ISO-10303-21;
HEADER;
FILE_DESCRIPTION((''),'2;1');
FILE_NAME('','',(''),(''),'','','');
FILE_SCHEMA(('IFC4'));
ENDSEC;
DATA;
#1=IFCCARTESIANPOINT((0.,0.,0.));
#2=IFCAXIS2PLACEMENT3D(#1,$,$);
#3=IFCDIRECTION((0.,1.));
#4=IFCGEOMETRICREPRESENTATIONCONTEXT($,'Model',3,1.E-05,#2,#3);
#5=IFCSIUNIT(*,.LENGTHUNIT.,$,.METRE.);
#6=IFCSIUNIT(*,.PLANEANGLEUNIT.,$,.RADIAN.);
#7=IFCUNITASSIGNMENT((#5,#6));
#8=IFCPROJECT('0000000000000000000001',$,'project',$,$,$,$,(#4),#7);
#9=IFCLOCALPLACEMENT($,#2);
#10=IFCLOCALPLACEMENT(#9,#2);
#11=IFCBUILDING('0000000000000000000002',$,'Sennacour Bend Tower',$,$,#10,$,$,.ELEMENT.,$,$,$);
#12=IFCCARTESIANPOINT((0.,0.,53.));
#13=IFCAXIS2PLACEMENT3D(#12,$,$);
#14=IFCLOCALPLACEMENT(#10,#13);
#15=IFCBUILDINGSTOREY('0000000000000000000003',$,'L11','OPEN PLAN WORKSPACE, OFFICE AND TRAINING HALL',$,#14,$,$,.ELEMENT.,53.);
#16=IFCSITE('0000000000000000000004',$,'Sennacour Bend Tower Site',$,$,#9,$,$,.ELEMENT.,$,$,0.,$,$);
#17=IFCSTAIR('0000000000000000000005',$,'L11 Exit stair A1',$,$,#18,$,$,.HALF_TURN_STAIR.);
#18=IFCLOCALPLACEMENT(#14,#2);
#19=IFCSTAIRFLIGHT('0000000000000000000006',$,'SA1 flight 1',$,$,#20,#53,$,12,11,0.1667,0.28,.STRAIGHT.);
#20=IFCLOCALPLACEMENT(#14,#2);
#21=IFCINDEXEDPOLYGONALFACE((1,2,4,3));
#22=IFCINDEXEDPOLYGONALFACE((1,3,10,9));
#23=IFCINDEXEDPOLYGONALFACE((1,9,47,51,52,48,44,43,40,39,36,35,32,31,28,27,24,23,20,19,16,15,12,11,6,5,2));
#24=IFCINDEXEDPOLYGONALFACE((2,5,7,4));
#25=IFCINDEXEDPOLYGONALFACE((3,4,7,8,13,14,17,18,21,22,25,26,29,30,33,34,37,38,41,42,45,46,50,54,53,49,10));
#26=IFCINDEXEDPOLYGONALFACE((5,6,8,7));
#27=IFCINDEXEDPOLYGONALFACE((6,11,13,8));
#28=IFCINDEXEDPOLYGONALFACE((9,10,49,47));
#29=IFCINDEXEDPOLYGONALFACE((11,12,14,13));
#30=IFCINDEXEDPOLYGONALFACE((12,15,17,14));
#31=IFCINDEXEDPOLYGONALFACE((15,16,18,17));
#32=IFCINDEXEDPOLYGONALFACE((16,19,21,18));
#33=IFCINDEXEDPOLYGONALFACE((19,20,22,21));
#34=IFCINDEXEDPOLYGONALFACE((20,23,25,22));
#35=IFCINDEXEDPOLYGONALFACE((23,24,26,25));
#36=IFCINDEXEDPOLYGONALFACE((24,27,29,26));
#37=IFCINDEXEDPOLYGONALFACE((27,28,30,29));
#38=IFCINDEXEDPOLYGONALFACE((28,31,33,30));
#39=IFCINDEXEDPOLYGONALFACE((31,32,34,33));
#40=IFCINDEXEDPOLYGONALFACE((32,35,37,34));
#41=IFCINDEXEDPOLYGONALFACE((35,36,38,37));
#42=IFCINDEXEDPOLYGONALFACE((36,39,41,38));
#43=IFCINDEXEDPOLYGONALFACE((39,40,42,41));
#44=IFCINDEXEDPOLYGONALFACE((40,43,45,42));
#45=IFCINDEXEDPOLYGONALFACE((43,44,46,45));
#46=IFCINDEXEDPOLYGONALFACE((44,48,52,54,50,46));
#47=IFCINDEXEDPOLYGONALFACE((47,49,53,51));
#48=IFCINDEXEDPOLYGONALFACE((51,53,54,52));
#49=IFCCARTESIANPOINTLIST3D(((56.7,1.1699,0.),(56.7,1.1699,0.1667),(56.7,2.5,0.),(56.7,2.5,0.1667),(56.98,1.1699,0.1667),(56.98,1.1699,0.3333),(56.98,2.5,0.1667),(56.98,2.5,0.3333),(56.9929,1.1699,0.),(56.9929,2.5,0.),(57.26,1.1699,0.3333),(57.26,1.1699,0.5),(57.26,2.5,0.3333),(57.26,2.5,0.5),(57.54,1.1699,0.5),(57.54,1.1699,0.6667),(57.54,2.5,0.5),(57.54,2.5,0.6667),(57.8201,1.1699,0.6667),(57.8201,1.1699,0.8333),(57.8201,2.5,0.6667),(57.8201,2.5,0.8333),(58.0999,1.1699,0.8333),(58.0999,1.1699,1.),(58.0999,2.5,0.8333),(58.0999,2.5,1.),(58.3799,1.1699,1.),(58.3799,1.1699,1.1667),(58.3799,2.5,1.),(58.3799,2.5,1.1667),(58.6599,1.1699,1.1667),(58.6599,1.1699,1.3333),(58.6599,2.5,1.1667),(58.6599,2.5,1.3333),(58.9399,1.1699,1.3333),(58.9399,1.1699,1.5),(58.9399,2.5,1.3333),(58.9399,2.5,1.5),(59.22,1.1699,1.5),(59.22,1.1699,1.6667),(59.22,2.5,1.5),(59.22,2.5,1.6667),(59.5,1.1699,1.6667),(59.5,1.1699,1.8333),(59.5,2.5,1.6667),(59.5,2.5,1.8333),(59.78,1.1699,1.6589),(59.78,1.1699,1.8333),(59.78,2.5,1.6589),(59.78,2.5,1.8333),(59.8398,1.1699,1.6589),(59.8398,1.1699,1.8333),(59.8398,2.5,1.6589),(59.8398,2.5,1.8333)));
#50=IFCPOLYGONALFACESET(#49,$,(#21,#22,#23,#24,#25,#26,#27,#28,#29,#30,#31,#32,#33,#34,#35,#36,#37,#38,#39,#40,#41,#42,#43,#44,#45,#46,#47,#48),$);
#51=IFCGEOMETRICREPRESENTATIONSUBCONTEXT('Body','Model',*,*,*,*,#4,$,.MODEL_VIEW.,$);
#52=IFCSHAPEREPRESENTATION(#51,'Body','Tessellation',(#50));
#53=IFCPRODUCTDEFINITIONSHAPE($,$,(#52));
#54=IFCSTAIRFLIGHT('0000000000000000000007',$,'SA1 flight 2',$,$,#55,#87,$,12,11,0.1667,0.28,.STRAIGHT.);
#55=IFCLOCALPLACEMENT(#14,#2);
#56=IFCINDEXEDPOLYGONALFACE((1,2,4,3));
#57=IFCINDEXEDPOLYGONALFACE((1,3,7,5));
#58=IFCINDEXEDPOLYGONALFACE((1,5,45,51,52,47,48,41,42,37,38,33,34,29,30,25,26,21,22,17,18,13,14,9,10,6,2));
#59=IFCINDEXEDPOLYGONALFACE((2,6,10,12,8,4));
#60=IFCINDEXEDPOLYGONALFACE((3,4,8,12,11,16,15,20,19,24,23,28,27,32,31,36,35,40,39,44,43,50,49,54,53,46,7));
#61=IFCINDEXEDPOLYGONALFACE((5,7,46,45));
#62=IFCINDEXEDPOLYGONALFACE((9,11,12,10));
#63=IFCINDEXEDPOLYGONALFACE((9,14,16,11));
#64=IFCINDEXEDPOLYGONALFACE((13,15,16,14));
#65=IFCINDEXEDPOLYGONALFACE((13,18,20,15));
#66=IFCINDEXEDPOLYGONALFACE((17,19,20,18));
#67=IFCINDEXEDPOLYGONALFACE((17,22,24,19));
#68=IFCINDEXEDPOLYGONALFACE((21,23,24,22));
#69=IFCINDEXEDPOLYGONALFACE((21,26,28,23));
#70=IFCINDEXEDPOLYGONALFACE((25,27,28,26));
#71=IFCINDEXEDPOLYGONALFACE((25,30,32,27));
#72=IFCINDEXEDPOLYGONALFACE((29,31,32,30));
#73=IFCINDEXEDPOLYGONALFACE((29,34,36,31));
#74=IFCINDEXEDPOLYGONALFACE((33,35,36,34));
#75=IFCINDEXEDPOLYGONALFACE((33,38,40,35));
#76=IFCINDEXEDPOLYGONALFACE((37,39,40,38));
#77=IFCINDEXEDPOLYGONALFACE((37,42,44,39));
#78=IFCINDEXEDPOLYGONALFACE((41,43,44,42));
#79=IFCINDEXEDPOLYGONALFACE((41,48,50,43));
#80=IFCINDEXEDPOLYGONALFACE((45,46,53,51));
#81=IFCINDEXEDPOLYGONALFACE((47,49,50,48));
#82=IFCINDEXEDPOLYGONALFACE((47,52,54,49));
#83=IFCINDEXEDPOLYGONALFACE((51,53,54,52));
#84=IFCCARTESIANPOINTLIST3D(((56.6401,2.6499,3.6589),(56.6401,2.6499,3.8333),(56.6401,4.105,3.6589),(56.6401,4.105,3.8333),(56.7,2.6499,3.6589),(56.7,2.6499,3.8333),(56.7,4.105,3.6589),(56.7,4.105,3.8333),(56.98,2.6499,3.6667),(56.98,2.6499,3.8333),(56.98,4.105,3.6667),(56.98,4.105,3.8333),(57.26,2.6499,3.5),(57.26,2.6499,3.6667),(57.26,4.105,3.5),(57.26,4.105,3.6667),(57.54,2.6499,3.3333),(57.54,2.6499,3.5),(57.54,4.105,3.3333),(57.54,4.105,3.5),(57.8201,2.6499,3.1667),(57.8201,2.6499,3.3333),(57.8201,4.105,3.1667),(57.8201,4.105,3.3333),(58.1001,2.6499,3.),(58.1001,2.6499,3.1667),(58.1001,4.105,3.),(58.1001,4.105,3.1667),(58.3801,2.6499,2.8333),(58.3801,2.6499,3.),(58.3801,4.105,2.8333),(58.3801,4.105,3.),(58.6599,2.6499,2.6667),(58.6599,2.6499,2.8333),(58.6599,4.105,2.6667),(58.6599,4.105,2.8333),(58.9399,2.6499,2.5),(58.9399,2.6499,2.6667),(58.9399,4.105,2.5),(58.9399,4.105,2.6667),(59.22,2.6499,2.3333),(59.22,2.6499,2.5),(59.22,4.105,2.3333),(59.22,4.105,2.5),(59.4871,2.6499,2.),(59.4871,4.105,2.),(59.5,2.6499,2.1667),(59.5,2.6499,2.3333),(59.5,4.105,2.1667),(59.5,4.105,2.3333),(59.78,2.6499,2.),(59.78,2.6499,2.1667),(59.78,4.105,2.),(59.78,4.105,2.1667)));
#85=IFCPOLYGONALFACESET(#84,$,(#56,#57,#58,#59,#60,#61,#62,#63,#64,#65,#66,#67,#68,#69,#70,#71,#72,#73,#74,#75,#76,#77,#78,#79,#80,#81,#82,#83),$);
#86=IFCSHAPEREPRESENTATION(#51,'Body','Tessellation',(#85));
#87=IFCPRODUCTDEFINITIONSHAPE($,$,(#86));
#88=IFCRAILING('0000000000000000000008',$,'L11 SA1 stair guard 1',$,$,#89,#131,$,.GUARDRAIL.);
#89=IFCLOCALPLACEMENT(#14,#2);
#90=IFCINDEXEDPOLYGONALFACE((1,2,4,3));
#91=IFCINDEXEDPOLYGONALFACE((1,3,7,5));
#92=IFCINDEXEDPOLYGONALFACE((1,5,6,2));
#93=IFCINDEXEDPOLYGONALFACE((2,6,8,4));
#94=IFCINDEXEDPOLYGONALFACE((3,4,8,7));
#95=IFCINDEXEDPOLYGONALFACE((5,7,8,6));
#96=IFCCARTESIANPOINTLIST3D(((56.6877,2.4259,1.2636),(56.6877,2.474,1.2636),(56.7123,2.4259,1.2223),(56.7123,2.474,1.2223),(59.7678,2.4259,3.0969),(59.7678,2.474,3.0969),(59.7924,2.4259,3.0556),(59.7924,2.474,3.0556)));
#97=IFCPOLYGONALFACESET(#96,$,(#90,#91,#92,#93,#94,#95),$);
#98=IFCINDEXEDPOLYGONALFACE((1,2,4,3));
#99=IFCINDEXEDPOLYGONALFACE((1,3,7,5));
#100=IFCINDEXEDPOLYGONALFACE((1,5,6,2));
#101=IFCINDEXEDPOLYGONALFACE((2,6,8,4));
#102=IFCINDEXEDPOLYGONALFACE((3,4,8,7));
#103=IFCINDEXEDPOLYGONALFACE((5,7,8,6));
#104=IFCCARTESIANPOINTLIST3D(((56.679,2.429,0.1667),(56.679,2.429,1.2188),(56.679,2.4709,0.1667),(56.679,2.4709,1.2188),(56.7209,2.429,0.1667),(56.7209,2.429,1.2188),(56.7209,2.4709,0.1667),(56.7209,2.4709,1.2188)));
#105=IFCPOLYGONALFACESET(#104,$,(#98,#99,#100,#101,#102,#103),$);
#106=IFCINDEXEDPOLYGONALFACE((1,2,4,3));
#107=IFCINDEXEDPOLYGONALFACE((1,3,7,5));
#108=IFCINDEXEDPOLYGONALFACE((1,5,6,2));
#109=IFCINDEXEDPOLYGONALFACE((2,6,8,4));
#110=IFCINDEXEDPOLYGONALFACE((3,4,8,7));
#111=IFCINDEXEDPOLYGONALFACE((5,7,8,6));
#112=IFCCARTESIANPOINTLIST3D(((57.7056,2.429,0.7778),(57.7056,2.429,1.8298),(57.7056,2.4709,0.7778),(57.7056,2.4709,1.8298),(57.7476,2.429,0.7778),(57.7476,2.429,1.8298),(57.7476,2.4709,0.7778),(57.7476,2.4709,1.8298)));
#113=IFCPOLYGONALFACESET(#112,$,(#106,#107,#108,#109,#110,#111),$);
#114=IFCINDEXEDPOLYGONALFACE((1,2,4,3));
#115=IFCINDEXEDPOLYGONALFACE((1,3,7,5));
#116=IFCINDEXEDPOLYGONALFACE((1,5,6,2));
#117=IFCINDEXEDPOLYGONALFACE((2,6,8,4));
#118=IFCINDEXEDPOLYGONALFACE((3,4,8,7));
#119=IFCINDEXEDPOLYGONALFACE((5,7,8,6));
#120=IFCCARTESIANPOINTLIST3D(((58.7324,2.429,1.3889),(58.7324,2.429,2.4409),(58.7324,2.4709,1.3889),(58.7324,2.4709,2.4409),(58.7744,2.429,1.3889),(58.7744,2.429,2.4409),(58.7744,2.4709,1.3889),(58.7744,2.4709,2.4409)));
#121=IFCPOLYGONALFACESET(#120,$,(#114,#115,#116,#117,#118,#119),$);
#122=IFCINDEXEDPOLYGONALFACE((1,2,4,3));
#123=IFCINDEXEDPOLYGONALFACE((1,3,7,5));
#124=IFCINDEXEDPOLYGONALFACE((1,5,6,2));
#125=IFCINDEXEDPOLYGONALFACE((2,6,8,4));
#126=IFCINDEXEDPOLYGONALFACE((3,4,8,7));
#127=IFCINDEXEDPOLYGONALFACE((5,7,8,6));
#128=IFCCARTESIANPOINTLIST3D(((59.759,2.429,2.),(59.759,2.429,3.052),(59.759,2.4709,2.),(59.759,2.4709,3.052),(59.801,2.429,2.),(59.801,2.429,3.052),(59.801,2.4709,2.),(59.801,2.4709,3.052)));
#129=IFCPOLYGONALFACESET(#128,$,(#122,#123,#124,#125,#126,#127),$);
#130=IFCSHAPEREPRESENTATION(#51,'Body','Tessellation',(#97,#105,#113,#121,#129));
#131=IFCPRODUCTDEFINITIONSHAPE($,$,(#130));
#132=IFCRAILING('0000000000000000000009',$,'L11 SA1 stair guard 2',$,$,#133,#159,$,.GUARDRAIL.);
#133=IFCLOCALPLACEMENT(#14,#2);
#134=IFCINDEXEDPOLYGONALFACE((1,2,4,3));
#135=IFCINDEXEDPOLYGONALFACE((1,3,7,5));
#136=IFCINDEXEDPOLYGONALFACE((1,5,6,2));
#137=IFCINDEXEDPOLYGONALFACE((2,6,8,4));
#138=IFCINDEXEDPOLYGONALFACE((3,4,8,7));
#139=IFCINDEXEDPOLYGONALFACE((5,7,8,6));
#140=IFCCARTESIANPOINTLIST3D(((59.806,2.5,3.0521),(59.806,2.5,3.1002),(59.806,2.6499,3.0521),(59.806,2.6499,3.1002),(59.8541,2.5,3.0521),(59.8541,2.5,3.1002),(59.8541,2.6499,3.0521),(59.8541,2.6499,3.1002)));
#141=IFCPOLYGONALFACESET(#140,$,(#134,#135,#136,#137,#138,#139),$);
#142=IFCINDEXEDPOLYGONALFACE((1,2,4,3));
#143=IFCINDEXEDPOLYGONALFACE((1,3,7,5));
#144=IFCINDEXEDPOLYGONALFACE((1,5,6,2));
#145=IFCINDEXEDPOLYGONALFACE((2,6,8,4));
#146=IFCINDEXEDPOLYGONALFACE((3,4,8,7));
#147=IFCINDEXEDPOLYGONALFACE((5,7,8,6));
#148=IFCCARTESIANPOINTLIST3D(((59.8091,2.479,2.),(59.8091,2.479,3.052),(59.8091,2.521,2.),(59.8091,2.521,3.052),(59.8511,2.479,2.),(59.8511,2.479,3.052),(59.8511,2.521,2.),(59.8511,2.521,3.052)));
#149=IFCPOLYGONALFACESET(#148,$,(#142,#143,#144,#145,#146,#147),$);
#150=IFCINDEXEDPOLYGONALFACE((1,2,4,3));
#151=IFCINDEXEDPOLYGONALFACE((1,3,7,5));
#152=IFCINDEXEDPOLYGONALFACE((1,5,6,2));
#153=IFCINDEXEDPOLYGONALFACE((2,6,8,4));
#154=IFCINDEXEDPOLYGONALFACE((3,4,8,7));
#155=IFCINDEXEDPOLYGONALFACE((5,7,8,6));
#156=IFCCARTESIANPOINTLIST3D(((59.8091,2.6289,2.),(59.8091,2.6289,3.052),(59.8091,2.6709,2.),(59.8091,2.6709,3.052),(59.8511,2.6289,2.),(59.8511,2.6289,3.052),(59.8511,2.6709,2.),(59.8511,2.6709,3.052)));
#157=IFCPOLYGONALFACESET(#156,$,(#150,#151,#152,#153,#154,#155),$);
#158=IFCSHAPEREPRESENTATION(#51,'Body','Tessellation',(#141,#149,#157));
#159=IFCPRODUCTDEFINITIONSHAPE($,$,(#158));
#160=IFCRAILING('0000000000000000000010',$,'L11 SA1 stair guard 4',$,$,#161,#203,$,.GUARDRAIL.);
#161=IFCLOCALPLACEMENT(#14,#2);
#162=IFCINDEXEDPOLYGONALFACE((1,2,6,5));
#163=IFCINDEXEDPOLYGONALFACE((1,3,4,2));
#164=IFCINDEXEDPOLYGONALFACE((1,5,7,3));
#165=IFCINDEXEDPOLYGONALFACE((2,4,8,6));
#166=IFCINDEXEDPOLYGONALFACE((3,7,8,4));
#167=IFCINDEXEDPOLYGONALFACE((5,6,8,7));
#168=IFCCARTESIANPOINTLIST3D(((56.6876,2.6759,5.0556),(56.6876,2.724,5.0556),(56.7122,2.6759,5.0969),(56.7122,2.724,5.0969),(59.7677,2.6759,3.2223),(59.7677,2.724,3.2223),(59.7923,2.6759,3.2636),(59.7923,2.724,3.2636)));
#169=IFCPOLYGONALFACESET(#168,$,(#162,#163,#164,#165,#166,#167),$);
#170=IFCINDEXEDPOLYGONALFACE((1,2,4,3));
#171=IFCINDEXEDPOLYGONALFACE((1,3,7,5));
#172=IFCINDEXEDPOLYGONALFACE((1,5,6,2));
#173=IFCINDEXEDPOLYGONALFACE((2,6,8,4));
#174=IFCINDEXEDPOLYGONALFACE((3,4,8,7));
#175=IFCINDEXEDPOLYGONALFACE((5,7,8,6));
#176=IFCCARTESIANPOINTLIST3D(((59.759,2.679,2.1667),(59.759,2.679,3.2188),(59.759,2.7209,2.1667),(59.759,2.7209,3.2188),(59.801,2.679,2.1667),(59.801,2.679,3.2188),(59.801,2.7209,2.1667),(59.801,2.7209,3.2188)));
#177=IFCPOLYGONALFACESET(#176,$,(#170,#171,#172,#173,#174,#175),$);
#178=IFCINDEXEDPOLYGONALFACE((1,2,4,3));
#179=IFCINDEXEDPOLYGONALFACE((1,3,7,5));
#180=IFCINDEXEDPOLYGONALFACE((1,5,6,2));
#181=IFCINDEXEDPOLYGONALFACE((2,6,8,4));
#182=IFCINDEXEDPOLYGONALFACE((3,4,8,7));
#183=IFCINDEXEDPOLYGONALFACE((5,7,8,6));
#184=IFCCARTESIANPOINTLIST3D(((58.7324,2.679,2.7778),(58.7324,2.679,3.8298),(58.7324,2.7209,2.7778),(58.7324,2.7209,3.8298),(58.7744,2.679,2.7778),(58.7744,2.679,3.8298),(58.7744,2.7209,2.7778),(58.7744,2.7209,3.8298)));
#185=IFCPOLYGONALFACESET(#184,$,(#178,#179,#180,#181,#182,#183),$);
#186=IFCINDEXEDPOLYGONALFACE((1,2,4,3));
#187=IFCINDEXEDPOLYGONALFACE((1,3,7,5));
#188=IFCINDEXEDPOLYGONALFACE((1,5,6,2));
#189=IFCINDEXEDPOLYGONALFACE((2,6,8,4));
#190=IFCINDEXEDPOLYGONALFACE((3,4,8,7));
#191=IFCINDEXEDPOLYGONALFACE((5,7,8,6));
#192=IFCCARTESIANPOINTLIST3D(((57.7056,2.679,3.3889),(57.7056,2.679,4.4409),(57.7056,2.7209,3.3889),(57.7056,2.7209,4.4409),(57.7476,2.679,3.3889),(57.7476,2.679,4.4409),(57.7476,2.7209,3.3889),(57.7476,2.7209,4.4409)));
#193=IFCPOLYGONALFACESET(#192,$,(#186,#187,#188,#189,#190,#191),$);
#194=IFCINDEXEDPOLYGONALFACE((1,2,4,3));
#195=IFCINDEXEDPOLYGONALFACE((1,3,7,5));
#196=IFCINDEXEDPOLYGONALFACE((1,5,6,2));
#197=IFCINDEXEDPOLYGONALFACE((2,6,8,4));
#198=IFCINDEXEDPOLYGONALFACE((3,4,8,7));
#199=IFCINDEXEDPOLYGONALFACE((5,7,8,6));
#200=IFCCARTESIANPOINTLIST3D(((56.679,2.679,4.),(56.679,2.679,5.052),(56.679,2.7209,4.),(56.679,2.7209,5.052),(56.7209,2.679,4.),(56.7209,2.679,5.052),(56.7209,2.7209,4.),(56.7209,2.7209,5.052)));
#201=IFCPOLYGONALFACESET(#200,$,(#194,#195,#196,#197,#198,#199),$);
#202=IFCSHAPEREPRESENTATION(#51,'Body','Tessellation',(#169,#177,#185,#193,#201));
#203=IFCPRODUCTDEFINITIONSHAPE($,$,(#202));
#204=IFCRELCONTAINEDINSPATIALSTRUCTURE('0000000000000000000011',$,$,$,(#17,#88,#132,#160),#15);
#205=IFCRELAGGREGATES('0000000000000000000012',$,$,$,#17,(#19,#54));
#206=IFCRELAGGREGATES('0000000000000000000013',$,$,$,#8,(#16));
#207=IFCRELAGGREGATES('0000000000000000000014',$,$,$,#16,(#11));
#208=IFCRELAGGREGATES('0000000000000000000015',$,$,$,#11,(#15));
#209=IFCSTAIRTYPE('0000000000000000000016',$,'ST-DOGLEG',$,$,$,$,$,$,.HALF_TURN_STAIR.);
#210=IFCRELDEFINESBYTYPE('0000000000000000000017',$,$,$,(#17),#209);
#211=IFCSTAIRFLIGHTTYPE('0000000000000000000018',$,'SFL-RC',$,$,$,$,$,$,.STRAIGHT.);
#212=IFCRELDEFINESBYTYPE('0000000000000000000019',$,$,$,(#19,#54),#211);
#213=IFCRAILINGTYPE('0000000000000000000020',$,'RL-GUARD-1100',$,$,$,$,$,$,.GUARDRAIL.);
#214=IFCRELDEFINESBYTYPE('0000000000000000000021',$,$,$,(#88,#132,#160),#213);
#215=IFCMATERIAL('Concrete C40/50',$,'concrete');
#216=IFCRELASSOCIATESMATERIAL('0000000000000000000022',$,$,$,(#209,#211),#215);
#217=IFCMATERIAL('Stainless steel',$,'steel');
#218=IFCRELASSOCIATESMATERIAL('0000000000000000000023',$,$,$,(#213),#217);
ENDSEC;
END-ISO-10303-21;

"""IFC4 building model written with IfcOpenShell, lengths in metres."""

from ifc_helpers import new_model, si_unit, direction, frame, origin, origin_2d, place, context, subcontext, project, spatial, polyline, rectangle, outline, extrude, material, type_object, element, aggregate, save


model = new_model("IFC4")

# Units and contexts
model_context = context("Model", 3, precision=1e-05, world=origin(), true_north=direction((0.0, 1.0)))
body_context = subcontext(model_context, "Body", "Model", "MODEL_VIEW")
ifc_project = project(units=[si_unit("LENGTHUNIT", "METRE"), si_unit("PLANEANGLEUNIT", "RADIAN")], contexts=[model_context])

# Site, building, storey
site_placement = place(None, origin())
site = spatial("IfcSite", under=ifc_project, at=site_placement, Name="Sennacour Bend Tower Site", CompositionType="ELEMENT", RefElevation=0.0)
building_placement = place(site_placement, origin())
building = spatial("IfcBuilding", under=site, at=building_placement, Name="Sennacour Bend Tower", CompositionType="ELEMENT")
storey_placement = place(building_placement, frame((0.0, 0.0, 53.0)))
storey = spatial("IfcBuildingStorey", under=building, at=storey_placement, Name="L11", Description="OPEN PLAN WORKSPACE, OFFICE AND TRAINING HALL", CompositionType="ELEMENT", Elevation=53.0)

# Shared definitions
ifc_material_1 = material(Name="Stainless steel", Category="steel")

# Stair, stair flights
ifc_material_2 = material(Name="Concrete C40/50", Category="concrete")
stair_type = type_object("IfcStairType", Name="ST-DOGLEG", PredefinedType="HALF_TURN_STAIR", material=ifc_material_2)
stair_placement = place(storey_placement, origin())
stair = element("IfcStair", 1, at=stair_placement, inside=storey, type_object=stair_type, Name="L11 Exit stair A1", PredefinedType="HALF_TURN_STAIR")
stair_flight_type = type_object("IfcStairFlightType", Name="SFL-RC", PredefinedType="STRAIGHT", material=ifc_material_2)
stair_flight_1_placement = place(storey_placement, frame((56.7, 1.835, 0.0), z_axis=(0.0, 0.0, 1.0), x_axis=(1.0, 0.0, 0.0)))
stair_flight_1 = element("IfcStairFlight", 2, at=stair_flight_1_placement, type_object=stair_flight_type, Name="SA1 flight 1", NumberOfRisers=12, NumberOfTreads=11, PredefinedType="STRAIGHT", RiserHeight=0.1667, TreadLength=0.28, context=body_context, shape_type="SweptSolid", body=[
    extrude(outline(polyline([(0.0, 0.0), (0.0, 0.1667), (0.28, 0.1667), (0.28, 0.3333), (0.5601, 0.3333), (0.5601, 0.5), (0.8401, 0.5), (0.8401, 0.6667), (1.1201, 0.6667), (1.1201, 0.8333), (1.3999, 0.8333), (1.3999, 1.0), (1.6799, 1.0), (1.6799, 1.1667), (1.96, 1.1667), (1.96, 1.3333), (2.24, 1.3333), (2.24, 1.5), (2.52, 1.5), (2.52, 1.6667), (2.8, 1.6667), (2.8, 1.8333), (3.0801, 1.8333), (3.1399, 1.8333), (3.1399, 1.6589), (3.0801, 1.6589), (0.293, 0.0), (0.0, 0.0)])), frame((0.0, 0.665, 0.0), z_axis=(0.0, -1.0, 0.0), x_axis=(1.0, 0.0, 0.0)), (0.0, 0.0, 1.0), 1.3301),
])
stair_flight_2_placement = place(storey_placement, frame((59.78, 3.3774, 2.0), z_axis=(0.0, 0.0, 1.0), x_axis=(-1.0, 0.0, 0.0)))
stair_flight_2 = element("IfcStairFlight", 3, at=stair_flight_2_placement, type_object=stair_flight_type, Name="SA1 flight 2", NumberOfRisers=12, NumberOfTreads=11, PredefinedType="STRAIGHT", RiserHeight=0.1667, TreadLength=0.28, context=body_context, shape_type="SweptSolid", body=[
    extrude(outline(polyline([(0.0, 0.0), (0.0, 0.1667), (0.28, 0.1667), (0.28, 0.3333), (0.5601, 0.3333), (0.5601, 0.5), (0.8401, 0.5), (0.8401, 0.6667), (1.1201, 0.6667), (1.1201, 0.8333), (1.3999, 0.8333), (1.3999, 1.0), (1.6799, 1.0), (1.6799, 1.1667), (1.96, 1.1667), (1.96, 1.3333), (2.24, 1.3333), (2.24, 1.5), (2.52, 1.5), (2.52, 1.6667), (2.8, 1.6667), (2.8, 1.8333), (3.0801, 1.8333), (3.1399, 1.8333), (3.1399, 1.6589), (3.0801, 1.6589), (0.293, 0.0), (0.0, 0.0)])), frame((0.0, 0.7275, 0.0), z_axis=(0.0, -1.0, 0.0), x_axis=(1.0, 0.0, 0.0)), (0.0, 0.0, 1.0), 1.4551),
])
aggregate(stair, [stair_flight_1, stair_flight_2])

# Railings
railing_type_1 = type_object("IfcRailingType", Name="RL-GUARD-1100", PredefinedType="GUARDRAIL", material=ifc_material_1)
railing_1_placement = place(storey_placement, frame((56.7, 2.45, 0.1667)))
element("IfcRailing", 4, at=railing_1_placement, inside=storey, type_object=railing_type_1, Name="L11 SA1 stair guard 1", PredefinedType="GUARDRAIL", context=body_context, shape_type="SweptSolid", body=[
    extrude(rectangle(XDim=0.0481, YDim=0.0481, at=origin_2d()), frame((0.0, 0.0, 1.0762), z_axis=(0.859309, 0.0, 0.511458), x_axis=(0.0, 1.0, 0.0)), (0.0, 0.0, 1.0), 3.5845),
    extrude(rectangle(XDim=0.042, YDim=0.042, at=origin_2d()), origin(), (0.0, 0.0, 1.0), 1.052),
    extrude(rectangle(XDim=0.042, YDim=0.042, at=origin_2d()), frame((1.0266, 0.0, 0.6111)), (0.0, 0.0, 1.0), 1.052),
    extrude(rectangle(XDim=0.042, YDim=0.042, at=origin_2d()), frame((2.0535, 0.0, 1.2222)), (0.0, 0.0, 1.0), 1.052),
    extrude(rectangle(XDim=0.042, YDim=0.042, at=origin_2d()), frame((3.0801, 0.0, 1.8333)), (0.0, 0.0, 1.0), 1.052),
])
railing_2_placement = place(storey_placement, frame((59.8301, 2.5, 2.0)))
element("IfcRailing", 5, at=railing_2_placement, inside=storey, type_object=railing_type_1, Name="L11 SA1 stair guard 2", PredefinedType="GUARDRAIL", context=body_context, shape_type="SweptSolid", body=[
    extrude(rectangle(XDim=0.0481, YDim=0.0481, at=origin_2d()), frame((0.0, 0.0, 1.0762), z_axis=(0.0, 1.0, 0.0), x_axis=(-1.0, 0.0, 0.0)), (0.0, 0.0, 1.0), 0.1499),
    extrude(rectangle(XDim=0.042, YDim=0.042, at=origin_2d()), origin(), (0.0, 0.0, 1.0), 1.052),
    extrude(rectangle(XDim=0.042, YDim=0.042, at=origin_2d()), frame((0.0, 0.1499, 0.0)), (0.0, 0.0, 1.0), 1.052),
])
railing_3_placement = place(storey_placement, frame((59.78, 2.7, 2.1667)))
element("IfcRailing", 6, at=railing_3_placement, inside=storey, type_object=railing_type_1, Name="L11 SA1 stair guard 4", PredefinedType="GUARDRAIL", context=body_context, shape_type="SweptSolid", body=[
    extrude(rectangle(XDim=0.0481, YDim=0.0481, at=origin_2d()), frame((0.0, 0.0, 1.0762), z_axis=(-0.859309, 0.0, 0.511458), x_axis=(0.0, -1.0, 0.0)), (0.0, 0.0, 1.0), 3.5845),
    extrude(rectangle(XDim=0.042, YDim=0.042, at=origin_2d()), origin(), (0.0, 0.0, 1.0), 1.052),
    extrude(rectangle(XDim=0.042, YDim=0.042, at=origin_2d()), frame((-1.0266, 0.0, 0.6111)), (0.0, 0.0, 1.0), 1.052),
    extrude(rectangle(XDim=0.042, YDim=0.042, at=origin_2d()), frame((-2.0535, 0.0, 1.2222)), (0.0, 0.0, 1.0), 1.052),
    extrude(rectangle(XDim=0.042, YDim=0.042, at=origin_2d()), frame((-3.0801, 0.0, 1.8333)), (0.0, 0.0, 1.0), 1.052),
])

save(model, "model.ifc")
